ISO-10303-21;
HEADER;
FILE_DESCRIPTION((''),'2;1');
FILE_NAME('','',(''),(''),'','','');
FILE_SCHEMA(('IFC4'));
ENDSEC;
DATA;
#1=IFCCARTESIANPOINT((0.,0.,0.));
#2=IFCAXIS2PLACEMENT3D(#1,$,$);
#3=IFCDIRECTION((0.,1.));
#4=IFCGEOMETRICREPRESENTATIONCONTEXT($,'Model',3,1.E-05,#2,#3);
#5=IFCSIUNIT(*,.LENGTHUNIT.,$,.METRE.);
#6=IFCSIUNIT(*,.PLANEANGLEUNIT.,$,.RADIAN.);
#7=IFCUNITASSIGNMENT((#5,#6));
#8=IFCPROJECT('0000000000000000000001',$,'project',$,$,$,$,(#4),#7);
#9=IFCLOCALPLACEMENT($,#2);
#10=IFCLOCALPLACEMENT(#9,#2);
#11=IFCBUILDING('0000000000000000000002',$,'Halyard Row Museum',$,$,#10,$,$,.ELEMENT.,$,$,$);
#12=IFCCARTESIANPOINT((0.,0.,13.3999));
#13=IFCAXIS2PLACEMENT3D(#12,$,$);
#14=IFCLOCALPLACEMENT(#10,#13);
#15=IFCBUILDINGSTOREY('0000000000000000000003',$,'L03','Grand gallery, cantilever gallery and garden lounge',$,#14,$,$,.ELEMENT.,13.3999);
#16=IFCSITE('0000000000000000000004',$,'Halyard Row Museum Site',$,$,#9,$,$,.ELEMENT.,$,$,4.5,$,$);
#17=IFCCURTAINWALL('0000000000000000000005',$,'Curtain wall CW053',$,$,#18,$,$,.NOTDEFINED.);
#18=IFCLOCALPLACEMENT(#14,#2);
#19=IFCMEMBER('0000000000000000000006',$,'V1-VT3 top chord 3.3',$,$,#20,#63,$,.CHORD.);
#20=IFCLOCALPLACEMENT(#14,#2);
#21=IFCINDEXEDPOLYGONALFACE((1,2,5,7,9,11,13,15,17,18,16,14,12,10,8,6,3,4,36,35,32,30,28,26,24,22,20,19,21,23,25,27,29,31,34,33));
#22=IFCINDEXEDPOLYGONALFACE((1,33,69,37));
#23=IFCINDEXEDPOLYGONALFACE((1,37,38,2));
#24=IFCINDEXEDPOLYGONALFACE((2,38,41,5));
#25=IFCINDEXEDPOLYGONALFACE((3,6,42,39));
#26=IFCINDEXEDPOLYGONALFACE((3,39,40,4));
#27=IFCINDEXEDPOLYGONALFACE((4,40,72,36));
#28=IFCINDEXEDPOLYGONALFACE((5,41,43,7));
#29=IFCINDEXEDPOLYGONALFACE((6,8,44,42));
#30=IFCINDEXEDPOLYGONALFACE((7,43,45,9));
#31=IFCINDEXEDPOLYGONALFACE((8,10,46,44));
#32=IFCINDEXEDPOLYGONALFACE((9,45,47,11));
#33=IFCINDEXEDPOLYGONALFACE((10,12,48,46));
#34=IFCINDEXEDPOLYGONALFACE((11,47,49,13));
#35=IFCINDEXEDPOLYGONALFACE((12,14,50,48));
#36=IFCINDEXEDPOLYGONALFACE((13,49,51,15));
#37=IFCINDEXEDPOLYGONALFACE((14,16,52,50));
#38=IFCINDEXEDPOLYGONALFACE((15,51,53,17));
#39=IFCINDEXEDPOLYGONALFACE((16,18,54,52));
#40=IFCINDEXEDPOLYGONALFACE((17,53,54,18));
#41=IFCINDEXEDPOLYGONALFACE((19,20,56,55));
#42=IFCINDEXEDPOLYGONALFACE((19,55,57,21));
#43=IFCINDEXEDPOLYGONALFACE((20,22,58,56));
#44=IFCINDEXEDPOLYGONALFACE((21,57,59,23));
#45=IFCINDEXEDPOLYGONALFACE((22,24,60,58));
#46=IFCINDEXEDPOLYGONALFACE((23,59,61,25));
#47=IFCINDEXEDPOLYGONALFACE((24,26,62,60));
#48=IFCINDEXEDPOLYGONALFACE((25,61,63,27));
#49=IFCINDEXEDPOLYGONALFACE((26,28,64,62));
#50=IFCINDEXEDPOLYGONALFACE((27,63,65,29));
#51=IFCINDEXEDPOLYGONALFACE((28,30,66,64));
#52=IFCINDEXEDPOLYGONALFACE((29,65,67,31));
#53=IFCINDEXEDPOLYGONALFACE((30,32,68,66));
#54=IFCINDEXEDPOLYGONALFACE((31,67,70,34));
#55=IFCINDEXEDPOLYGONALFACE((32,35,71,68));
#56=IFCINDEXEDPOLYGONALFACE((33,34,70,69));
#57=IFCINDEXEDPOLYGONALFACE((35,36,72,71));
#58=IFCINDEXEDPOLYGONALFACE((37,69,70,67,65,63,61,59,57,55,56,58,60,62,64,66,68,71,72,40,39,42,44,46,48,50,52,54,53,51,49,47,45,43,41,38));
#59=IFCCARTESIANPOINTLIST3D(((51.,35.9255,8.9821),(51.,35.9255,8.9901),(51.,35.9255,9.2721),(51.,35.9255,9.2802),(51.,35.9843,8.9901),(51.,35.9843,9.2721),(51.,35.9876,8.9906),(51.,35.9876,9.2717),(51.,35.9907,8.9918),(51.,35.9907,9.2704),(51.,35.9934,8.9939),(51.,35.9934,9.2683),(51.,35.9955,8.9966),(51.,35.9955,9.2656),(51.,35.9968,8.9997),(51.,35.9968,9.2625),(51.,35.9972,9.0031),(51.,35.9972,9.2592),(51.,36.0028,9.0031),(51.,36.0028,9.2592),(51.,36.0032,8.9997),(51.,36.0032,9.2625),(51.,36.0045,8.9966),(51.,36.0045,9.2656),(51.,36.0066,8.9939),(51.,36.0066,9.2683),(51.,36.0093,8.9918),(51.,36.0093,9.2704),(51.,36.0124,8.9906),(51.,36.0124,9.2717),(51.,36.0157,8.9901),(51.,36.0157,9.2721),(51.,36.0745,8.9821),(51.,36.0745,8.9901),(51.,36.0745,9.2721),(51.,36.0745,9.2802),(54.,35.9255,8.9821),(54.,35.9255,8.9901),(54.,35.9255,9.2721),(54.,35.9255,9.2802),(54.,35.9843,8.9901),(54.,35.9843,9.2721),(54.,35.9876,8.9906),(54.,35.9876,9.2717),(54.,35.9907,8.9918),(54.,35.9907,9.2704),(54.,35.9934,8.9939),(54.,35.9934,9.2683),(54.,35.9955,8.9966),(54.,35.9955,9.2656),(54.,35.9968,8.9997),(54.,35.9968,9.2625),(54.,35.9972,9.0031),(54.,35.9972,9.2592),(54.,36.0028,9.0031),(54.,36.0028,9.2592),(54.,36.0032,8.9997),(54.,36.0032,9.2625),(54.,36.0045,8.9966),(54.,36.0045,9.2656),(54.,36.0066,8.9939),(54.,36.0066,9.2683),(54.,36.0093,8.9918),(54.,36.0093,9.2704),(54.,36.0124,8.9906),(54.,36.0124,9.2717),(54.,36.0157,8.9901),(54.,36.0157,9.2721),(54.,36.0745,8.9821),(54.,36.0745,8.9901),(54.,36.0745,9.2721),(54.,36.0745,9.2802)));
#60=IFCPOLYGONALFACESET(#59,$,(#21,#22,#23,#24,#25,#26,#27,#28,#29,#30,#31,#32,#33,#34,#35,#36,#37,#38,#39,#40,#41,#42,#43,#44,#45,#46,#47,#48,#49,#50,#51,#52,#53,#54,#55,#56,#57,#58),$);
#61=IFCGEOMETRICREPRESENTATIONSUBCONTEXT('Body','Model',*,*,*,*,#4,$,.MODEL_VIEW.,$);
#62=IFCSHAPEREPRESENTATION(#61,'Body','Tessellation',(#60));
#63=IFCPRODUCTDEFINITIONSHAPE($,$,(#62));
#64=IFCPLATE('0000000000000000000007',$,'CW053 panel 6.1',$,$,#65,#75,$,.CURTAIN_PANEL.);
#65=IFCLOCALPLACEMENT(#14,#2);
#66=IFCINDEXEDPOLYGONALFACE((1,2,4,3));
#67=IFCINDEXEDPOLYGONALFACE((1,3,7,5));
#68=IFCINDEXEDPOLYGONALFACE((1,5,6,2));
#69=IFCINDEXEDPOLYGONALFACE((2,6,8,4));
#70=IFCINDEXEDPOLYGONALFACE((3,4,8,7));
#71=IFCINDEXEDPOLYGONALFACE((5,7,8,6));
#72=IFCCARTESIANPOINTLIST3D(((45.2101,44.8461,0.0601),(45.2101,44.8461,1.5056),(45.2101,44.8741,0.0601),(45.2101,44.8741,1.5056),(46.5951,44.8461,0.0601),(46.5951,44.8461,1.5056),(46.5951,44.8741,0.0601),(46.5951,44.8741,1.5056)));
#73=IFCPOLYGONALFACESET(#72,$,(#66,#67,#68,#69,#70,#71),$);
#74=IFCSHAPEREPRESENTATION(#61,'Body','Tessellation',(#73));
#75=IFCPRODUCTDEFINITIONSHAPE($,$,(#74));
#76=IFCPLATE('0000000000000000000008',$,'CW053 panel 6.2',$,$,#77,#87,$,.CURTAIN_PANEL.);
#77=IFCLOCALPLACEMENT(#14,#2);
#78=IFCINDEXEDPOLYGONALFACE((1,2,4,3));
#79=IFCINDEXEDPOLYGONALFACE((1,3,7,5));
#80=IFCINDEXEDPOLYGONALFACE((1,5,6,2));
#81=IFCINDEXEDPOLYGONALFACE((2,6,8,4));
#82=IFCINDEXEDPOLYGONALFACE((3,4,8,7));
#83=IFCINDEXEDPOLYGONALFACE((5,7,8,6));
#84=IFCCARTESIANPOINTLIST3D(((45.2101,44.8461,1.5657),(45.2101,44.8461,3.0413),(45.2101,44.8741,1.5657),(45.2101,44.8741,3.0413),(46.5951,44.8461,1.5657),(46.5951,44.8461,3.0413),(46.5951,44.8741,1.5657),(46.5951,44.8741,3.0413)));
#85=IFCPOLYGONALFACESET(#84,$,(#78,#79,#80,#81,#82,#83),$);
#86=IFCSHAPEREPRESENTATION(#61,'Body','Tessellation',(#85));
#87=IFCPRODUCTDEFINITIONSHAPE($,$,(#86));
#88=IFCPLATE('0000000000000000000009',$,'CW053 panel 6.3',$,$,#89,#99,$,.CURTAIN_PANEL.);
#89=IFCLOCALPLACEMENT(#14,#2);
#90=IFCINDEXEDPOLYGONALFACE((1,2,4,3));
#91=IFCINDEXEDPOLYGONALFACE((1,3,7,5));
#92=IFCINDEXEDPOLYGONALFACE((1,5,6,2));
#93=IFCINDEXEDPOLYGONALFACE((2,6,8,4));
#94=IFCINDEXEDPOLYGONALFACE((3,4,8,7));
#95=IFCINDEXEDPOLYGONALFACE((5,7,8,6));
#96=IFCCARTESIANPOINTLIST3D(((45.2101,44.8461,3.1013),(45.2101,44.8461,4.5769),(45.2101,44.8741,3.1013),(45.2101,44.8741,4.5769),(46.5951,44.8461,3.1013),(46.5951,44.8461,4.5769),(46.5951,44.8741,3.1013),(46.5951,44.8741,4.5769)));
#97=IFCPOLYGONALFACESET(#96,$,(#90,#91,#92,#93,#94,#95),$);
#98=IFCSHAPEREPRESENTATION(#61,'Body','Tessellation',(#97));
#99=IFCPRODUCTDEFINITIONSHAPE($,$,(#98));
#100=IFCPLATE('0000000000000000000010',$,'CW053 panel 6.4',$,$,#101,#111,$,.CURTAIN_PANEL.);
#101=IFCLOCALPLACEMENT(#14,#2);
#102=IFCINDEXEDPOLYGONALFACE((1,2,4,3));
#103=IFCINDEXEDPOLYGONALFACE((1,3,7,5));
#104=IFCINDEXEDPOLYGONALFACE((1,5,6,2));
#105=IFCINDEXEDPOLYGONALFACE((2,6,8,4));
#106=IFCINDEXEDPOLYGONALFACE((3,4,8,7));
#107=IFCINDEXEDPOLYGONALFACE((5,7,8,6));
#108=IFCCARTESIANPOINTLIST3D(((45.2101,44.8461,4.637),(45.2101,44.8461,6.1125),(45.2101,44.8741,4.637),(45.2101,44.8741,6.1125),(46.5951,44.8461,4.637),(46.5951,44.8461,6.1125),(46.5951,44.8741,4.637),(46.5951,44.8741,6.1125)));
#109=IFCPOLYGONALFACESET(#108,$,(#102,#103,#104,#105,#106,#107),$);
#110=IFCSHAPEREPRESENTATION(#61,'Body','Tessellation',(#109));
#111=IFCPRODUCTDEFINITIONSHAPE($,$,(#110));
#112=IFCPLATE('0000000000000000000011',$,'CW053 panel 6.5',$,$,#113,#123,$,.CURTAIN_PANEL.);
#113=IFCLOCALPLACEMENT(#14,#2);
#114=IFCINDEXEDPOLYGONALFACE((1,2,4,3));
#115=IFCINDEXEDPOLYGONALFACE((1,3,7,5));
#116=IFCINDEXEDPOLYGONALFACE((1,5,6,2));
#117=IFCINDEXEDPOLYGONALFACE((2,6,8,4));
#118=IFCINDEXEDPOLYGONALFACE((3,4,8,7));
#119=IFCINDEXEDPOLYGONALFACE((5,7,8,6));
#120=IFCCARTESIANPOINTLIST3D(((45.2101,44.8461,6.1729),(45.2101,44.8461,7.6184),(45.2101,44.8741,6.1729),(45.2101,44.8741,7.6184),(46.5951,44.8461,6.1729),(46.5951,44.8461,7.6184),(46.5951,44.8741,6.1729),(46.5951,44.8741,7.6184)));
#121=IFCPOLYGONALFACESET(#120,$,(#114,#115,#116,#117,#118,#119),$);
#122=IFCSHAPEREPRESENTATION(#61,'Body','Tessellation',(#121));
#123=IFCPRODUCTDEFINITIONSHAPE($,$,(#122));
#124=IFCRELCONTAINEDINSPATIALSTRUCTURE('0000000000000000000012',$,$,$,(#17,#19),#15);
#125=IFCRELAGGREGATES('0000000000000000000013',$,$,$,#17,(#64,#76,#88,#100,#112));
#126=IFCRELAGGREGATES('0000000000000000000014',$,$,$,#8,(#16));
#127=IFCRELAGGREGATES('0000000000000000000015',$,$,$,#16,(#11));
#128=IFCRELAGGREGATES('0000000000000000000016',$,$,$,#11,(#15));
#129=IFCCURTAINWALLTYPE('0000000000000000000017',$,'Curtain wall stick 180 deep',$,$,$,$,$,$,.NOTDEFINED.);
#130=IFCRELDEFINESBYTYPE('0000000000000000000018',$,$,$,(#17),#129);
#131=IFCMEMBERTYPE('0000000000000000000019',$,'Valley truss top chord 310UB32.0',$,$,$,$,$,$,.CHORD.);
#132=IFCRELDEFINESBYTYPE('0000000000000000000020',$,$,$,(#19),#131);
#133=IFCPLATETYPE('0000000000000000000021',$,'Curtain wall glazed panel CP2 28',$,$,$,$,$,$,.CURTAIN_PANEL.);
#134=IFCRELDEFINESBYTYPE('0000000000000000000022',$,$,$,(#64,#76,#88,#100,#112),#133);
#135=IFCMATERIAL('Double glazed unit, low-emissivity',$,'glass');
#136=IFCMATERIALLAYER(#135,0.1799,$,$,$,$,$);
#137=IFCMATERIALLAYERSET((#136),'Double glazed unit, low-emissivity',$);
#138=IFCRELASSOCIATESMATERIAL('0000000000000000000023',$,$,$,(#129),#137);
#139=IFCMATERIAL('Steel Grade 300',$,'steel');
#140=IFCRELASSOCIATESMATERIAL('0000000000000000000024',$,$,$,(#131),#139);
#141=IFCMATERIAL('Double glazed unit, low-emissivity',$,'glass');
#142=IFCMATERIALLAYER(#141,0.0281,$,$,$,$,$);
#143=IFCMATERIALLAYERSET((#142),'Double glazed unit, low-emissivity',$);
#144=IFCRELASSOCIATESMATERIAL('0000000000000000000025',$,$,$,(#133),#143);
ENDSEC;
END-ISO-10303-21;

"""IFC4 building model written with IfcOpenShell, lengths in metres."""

from ifc_helpers import new_model, si_unit, direction, frame, origin, origin_2d, place, context, subcontext, project, spatial, rectangle, i_section, extrude, material, layer, layer_set, material_profile, profile_set, type_object, element, aggregate, save


model = new_model("IFC4")

# Units and contexts
model_context = context("Model", 3, precision=1e-05, world=origin(), true_north=direction((0.0, 1.0)))
body_context = subcontext(model_context, "Body", "Model", "MODEL_VIEW")
ifc_project = project(units=[si_unit("LENGTHUNIT", "METRE"), si_unit("PLANEANGLEUNIT", "RADIAN")], contexts=[model_context])

# Site, building, storey
site_placement = place(None, origin())
site = spatial("IfcSite", under=ifc_project, at=site_placement, Name="Halyard Row Museum Site", CompositionType="ELEMENT", RefElevation=4.5)
building_placement = place(site_placement, origin())
building = spatial("IfcBuilding", under=site, at=building_placement, Name="Halyard Row Museum", CompositionType="ELEMENT")
storey_placement = place(building_placement, frame((0.0, 0.0, 13.3999)))
storey = spatial("IfcBuildingStorey", under=building, at=storey_placement, Name="L03", Description="Grand gallery, cantilever gallery and garden lounge", CompositionType="ELEMENT", Elevation=13.3999)

# Curtain wall
ifc_material_1 = material(Name="Double glazed unit, low-emissivity", Category="glass")
ifc_layer_1 = layer(ifc_material_1, 0.1799)
ifc_layer_set_1 = layer_set([ifc_layer_1], Name="Double glazed unit, low-emissivity")
curtain_wall_type = type_object("IfcCurtainWallType", Name="Curtain wall stick 180 deep", PredefinedType="NOTDEFINED", material=ifc_layer_set_1)
curtain_wall_placement = place(storey_placement, origin())
curtain_wall = element("IfcCurtainWall", 1, at=curtain_wall_placement, inside=storey, type_object=curtain_wall_type, Name="Curtain wall CW053", PredefinedType="NOTDEFINED")

# Member
ifc_material_2 = material(Name="Steel Grade 300", Category="steel")
ifc_material_profile_1 = material_profile(ifc_material_2, i_section(OverallWidth=0.1489, OverallDepth=0.2981, WebThickness=0.0056, FlangeThickness=0.0081, FilletRadius=0.0129, at=origin_2d()), Name="310UB32.0")
ifc_profile_set_1 = profile_set([ifc_material_profile_1], Name="Steel Grade 300")
member_type_1 = type_object("IfcMemberType", Name="Valley truss top chord 310UB32.0", PredefinedType="CHORD", material=ifc_profile_set_1)
for number, where, z_axis, x_axis, name in (
    (2, (51.0, 36.0, 9.1311), (1.0, 0.0, 0.0), (0.0, 1.0, 0.0), "V1-VT3 top chord 3.3"),
):
    element("IfcMember", number, at=place(storey_placement, frame(where, z_axis=z_axis, x_axis=x_axis)), inside=storey, type_object=member_type_1, Name=name, PredefinedType="CHORD", context=body_context, shape_type="SweptSolid", body=[
        extrude(i_section(OverallWidth=0.1489, OverallDepth=0.2981, WebThickness=0.0056, FlangeThickness=0.0081, FilletRadius=0.0129, at=origin_2d()), origin(), (0.0, 0.0, 1.0), 3.0),
    ])

# Plates
ifc_material_3 = material(Name="Double glazed unit, low-emissivity", Category="glass")
ifc_layer_2 = layer(ifc_material_3, 0.0281)
ifc_layer_set_2 = layer_set([ifc_layer_2], Name="Double glazed unit, low-emissivity")
plate_type = type_object("IfcPlateType", Name="Curtain wall glazed panel CP2 28", PredefinedType="CURTAIN_PANEL", material=ifc_layer_set_2)
plate_1_placement = place(storey_placement, frame((45.9026, 44.8601, 0.0601), z_axis=(0.0, 0.0, 1.0), x_axis=(-1.0, 0.0, 0.0)))
plate_1 = element("IfcPlate", 3, at=plate_1_placement, type_object=plate_type, Name="CW053 panel 6.1", PredefinedType="CURTAIN_PANEL", context=body_context, shape_type="SweptSolid", body=[
    extrude(rectangle(XDim=1.385, YDim=0.0281, at=origin_2d()), origin(), (0.0, 0.0, 1.0), 1.4456),
])
plate_2_placement = place(storey_placement, frame((45.9026, 44.8601, 1.5657), z_axis=(0.0, 0.0, 1.0), x_axis=(-1.0, 0.0, 0.0)))
plate_2 = element("IfcPlate", 4, at=plate_2_placement, type_object=plate_type, Name="CW053 panel 6.2", PredefinedType="CURTAIN_PANEL", context=body_context, shape_type="SweptSolid", body=[
    extrude(rectangle(XDim=1.385, YDim=0.0281, at=origin_2d()), origin(), (0.0, 0.0, 1.0), 1.4756),
])
plate_3_placement = place(storey_placement, frame((45.9026, 44.8601, 3.1013), z_axis=(0.0, 0.0, 1.0), x_axis=(-1.0, 0.0, 0.0)))
plate_3 = element("IfcPlate", 5, at=plate_3_placement, type_object=plate_type, Name="CW053 panel 6.3", PredefinedType="CURTAIN_PANEL", context=body_context, shape_type="SweptSolid", body=[
    extrude(rectangle(XDim=1.385, YDim=0.0281, at=origin_2d()), origin(), (0.0, 0.0, 1.0), 1.4756),
])
plate_4_placement = place(storey_placement, frame((45.9026, 44.8601, 4.637), z_axis=(0.0, 0.0, 1.0), x_axis=(-1.0, 0.0, 0.0)))
plate_4 = element("IfcPlate", 6, at=plate_4_placement, type_object=plate_type, Name="CW053 panel 6.4", PredefinedType="CURTAIN_PANEL", context=body_context, shape_type="SweptSolid", body=[
    extrude(rectangle(XDim=1.385, YDim=0.0281, at=origin_2d()), origin(), (0.0, 0.0, 1.0), 1.4756),
])
plate_5_placement = place(storey_placement, frame((45.9026, 44.8601, 6.1729), z_axis=(0.0, 0.0, 1.0), x_axis=(-1.0, 0.0, 0.0)))
plate_5 = element("IfcPlate", 7, at=plate_5_placement, type_object=plate_type, Name="CW053 panel 6.5", PredefinedType="CURTAIN_PANEL", context=body_context, shape_type="SweptSolid", body=[
    extrude(rectangle(XDim=1.385, YDim=0.0281, at=origin_2d()), origin(), (0.0, 0.0, 1.0), 1.4456),
])
aggregate(curtain_wall, [plate_1, plate_2, plate_3, plate_4, plate_5])

save(model, "model.ifc")
